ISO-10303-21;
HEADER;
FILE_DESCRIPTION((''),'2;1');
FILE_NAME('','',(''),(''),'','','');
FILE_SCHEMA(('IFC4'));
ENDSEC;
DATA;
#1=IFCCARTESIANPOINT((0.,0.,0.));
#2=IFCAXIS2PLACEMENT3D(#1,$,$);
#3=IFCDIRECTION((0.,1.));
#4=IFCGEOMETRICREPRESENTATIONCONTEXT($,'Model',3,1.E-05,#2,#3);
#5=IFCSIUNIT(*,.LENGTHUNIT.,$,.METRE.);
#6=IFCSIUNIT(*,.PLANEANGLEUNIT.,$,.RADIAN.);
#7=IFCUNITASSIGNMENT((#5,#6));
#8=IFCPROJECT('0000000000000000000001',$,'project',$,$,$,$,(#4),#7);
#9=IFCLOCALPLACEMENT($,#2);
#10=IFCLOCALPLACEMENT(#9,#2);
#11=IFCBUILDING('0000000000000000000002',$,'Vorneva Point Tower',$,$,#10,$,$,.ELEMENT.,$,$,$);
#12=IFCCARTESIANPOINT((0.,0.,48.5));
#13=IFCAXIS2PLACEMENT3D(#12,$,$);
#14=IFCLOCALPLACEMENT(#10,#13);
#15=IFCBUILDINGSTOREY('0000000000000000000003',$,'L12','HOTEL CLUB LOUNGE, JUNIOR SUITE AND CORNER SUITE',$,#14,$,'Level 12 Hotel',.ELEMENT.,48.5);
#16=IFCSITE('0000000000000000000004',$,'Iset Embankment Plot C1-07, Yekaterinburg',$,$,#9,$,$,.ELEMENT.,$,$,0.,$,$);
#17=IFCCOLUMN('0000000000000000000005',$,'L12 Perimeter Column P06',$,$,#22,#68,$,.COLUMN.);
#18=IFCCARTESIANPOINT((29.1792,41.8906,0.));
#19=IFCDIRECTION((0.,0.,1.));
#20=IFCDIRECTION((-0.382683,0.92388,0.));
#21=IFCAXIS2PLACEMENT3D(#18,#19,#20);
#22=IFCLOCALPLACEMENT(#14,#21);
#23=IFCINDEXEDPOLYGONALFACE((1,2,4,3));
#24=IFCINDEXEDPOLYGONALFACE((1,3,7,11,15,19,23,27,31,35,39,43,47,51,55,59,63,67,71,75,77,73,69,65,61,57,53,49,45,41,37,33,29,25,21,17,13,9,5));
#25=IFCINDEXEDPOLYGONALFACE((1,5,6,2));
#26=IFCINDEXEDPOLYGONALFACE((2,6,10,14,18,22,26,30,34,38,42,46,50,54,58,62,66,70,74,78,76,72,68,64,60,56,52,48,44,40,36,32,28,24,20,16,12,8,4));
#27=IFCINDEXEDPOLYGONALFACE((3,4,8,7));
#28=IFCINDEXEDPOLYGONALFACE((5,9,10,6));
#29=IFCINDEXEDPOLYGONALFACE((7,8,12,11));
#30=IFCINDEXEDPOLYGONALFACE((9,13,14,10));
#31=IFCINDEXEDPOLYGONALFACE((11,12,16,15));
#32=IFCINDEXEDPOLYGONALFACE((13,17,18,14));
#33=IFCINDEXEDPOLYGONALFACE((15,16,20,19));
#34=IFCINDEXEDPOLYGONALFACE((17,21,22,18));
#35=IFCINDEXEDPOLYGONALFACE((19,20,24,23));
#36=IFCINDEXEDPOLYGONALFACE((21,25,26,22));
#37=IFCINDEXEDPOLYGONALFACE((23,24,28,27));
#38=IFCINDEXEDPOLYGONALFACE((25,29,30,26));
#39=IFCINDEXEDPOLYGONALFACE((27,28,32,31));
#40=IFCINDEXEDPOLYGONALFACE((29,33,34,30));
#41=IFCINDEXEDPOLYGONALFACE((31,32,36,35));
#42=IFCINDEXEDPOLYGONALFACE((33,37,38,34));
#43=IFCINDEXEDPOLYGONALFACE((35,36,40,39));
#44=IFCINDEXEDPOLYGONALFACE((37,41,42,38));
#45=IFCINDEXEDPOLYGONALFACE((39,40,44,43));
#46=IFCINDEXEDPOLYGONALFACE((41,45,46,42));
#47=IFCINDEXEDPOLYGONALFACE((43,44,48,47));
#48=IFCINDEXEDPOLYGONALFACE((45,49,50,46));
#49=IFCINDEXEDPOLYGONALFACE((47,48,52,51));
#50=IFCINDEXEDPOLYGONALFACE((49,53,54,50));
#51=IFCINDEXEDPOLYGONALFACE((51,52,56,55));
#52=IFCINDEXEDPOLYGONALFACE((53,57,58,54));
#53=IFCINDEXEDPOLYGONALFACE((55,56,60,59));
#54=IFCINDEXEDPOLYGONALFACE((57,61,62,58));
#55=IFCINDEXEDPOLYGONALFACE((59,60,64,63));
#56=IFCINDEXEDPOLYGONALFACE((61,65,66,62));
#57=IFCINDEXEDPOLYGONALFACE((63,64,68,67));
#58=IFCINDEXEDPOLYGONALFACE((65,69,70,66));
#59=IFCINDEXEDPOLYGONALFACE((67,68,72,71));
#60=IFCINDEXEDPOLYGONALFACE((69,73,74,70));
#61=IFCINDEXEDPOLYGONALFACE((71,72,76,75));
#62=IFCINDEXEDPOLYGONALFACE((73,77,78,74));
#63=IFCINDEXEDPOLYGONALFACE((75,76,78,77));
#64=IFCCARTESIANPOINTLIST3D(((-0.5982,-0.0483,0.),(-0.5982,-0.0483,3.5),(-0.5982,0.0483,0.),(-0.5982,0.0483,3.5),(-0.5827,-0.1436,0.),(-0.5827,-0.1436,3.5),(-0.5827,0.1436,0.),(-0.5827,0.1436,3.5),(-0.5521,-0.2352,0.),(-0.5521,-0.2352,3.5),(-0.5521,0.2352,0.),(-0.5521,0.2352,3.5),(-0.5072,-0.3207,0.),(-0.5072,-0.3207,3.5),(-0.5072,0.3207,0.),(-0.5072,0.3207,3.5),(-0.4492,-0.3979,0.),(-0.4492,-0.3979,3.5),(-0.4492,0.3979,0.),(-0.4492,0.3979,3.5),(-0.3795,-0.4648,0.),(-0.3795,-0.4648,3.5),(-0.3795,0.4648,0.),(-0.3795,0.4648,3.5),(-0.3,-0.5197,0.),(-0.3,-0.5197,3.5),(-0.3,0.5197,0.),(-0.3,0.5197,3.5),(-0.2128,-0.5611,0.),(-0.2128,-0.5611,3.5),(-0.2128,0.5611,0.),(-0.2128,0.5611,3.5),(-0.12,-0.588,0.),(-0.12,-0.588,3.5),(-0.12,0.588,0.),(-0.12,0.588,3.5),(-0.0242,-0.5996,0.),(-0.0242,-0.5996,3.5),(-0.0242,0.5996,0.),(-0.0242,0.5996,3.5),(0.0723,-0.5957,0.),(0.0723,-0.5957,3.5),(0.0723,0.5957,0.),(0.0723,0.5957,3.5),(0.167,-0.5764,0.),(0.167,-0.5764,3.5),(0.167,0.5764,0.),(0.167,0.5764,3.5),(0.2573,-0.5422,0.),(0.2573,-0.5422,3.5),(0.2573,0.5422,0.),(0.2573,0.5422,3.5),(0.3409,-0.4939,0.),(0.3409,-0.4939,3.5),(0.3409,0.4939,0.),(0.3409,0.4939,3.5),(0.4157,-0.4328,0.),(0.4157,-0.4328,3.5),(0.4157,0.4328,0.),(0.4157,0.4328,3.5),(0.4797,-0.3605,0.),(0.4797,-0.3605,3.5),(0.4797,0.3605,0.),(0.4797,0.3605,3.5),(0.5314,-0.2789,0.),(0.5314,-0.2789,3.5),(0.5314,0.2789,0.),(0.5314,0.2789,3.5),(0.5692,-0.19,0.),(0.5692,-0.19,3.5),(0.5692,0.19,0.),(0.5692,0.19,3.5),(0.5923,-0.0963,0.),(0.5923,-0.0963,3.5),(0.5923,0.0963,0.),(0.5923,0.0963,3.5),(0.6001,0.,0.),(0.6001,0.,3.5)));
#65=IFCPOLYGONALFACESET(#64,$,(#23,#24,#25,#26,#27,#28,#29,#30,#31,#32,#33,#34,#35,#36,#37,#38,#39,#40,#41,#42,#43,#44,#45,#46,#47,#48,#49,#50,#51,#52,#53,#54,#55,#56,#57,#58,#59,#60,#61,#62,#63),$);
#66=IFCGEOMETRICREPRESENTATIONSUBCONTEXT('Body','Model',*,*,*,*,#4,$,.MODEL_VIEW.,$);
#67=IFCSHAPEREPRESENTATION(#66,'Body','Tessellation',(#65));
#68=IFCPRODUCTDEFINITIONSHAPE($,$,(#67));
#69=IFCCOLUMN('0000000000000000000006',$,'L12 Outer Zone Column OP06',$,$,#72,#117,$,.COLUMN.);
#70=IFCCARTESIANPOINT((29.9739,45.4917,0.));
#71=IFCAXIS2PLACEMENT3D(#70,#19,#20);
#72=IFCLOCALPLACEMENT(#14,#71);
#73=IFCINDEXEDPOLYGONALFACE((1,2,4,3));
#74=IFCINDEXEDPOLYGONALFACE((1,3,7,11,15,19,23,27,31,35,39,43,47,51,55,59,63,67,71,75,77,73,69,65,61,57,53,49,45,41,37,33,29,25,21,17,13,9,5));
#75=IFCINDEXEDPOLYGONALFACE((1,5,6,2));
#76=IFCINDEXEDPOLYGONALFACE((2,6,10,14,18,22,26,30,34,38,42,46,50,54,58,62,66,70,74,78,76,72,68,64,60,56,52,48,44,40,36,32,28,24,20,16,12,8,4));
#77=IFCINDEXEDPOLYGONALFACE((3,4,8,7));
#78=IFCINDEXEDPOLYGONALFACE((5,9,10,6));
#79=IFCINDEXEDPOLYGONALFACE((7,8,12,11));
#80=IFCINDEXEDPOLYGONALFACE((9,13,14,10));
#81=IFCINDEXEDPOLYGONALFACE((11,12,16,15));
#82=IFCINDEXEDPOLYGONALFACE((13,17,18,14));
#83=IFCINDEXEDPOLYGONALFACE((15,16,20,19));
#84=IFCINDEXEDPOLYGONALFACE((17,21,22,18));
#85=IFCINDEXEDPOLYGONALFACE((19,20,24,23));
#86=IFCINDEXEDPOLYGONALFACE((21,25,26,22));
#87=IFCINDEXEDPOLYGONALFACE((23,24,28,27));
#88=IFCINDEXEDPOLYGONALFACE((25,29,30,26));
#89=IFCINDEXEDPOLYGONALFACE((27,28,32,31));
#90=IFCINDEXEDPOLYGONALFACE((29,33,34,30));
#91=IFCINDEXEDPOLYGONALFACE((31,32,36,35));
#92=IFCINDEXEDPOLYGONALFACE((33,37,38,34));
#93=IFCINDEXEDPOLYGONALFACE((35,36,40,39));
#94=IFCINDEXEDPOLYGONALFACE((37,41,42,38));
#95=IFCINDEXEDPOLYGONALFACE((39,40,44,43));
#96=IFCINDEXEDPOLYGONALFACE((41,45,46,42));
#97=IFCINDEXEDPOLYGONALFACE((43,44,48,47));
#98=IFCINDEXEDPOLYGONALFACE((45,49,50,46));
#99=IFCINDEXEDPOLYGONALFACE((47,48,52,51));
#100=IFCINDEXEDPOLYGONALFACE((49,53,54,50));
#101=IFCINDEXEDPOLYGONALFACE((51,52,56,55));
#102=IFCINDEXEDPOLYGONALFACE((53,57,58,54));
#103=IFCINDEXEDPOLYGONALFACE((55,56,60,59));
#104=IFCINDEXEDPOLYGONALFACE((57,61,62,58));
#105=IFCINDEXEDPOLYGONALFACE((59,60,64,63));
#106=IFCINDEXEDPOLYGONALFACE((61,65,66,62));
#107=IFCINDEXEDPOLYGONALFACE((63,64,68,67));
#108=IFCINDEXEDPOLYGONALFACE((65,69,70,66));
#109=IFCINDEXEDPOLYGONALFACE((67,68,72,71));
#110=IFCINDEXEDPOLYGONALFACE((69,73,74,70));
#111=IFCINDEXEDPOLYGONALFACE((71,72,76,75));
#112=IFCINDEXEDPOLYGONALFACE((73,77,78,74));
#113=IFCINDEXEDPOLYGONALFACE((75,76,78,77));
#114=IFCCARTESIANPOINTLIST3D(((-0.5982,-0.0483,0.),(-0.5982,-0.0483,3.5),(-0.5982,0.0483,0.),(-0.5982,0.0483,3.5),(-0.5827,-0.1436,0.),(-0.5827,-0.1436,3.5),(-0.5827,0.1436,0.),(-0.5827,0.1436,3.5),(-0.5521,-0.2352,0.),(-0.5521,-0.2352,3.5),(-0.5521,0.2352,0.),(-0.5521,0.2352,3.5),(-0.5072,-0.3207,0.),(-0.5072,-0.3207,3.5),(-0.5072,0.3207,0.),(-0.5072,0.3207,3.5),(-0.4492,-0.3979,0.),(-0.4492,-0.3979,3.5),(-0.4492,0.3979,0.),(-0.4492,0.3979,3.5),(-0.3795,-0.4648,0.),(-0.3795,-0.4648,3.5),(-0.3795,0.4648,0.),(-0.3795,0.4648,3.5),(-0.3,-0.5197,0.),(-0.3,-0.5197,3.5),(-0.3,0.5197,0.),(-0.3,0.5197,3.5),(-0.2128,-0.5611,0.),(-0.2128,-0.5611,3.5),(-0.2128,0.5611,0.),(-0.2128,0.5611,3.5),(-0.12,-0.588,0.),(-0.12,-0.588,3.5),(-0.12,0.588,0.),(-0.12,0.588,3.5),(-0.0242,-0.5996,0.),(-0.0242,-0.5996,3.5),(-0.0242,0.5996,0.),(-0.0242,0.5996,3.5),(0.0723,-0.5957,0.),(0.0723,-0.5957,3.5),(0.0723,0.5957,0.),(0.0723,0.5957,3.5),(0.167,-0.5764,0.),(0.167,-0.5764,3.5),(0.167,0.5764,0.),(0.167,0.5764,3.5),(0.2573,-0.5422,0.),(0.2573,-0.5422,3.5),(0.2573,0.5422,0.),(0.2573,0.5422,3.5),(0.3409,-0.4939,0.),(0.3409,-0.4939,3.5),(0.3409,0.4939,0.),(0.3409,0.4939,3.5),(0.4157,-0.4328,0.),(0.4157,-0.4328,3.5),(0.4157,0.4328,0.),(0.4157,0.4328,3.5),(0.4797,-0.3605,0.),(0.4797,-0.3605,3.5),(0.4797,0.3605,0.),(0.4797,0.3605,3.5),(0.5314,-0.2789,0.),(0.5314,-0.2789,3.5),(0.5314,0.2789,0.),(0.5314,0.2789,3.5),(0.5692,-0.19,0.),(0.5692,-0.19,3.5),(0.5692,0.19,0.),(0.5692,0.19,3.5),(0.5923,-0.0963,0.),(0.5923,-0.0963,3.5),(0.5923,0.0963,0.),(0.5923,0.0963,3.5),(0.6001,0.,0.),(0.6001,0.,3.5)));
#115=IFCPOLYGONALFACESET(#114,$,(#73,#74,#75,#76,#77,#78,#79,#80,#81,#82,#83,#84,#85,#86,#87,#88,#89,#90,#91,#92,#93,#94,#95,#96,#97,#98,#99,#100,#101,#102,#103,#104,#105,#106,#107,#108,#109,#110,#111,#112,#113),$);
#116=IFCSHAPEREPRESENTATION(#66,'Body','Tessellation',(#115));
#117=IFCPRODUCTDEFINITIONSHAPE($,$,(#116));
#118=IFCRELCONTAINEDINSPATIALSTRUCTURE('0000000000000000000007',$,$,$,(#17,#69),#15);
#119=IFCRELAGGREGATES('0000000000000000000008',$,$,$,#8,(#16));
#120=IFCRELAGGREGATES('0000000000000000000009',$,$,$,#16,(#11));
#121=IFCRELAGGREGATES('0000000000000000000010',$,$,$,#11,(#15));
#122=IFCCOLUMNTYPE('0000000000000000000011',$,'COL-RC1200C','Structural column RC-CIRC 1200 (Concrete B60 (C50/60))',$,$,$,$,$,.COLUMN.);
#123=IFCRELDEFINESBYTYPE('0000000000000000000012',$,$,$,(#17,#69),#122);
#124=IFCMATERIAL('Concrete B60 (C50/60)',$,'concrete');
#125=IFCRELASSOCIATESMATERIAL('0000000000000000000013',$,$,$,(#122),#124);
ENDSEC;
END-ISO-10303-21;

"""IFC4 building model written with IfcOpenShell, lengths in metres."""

from ifc_helpers import new_model, si_unit, direction, frame, origin, origin_2d, place, context, subcontext, project, spatial, circle, extrude, material, material_profile, profile_set, type_object, element, save


model = new_model("IFC4")

# Units and contexts
model_context = context("Model", 3, precision=1e-05, world=origin(), true_north=direction((0.0, 1.0)))
body_context = subcontext(model_context, "Body", "Model", "MODEL_VIEW")
ifc_project = project(units=[si_unit("LENGTHUNIT", "METRE"), si_unit("PLANEANGLEUNIT", "RADIAN")], contexts=[model_context])

# Site, building, storey
site_placement = place(None, origin())
site = spatial("IfcSite", under=ifc_project, at=site_placement, Name="Iset Embankment Plot C1-07, Yekaterinburg", CompositionType="ELEMENT", RefElevation=0.0)
building_placement = place(site_placement, origin())
building = spatial("IfcBuilding", under=site, at=building_placement, Name="Vorneva Point Tower", CompositionType="ELEMENT")
storey_placement = place(building_placement, frame((0.0, 0.0, 48.5)))
storey = spatial("IfcBuildingStorey", under=building, at=storey_placement, Name="L12", Description="HOTEL CLUB LOUNGE, JUNIOR SUITE AND CORNER SUITE", LongName="Level 12 Hotel", CompositionType="ELEMENT", Elevation=48.5)

# Columns
ifc_material_1 = material(Name="Concrete B60 (C50/60)", Category="concrete")
ifc_material_profile_1 = material_profile(ifc_material_1, circle(Radius=0.6001, at=origin_2d()), Name="RC-CIRC 1200")
ifc_profile_set_1 = profile_set([ifc_material_profile_1], Name="Concrete B60 (C50/60)")
column_type_1 = type_object("IfcColumnType", Name="COL-RC1200C", Description="Structural column RC-CIRC 1200 (Concrete B60 (C50/60))", PredefinedType="COLUMN", material=ifc_profile_set_1)
for number, where, z_axis, x_axis, name in (
    (1, (29.1792, 41.8906, 0.0), (0.0, 0.0, 1.0), (-0.382683, 0.92388, 0.0), "L12 Perimeter Column P06"),
    (2, (29.9739, 45.4917, 0.0), (0.0, 0.0, 1.0), (-0.382683, 0.92388, 0.0), "L12 Outer Zone Column OP06"),
):
    element("IfcColumn", number, at=place(storey_placement, frame(where, z_axis=z_axis, x_axis=x_axis)), inside=storey, type_object=column_type_1, Name=name, PredefinedType="COLUMN", context=body_context, shape_type="SweptSolid", body=[
        extrude(circle(Radius=0.6001, at=origin_2d()), origin(), (0.0, 0.0, 1.0), 3.5),
    ])

save(model, "model.ifc")
